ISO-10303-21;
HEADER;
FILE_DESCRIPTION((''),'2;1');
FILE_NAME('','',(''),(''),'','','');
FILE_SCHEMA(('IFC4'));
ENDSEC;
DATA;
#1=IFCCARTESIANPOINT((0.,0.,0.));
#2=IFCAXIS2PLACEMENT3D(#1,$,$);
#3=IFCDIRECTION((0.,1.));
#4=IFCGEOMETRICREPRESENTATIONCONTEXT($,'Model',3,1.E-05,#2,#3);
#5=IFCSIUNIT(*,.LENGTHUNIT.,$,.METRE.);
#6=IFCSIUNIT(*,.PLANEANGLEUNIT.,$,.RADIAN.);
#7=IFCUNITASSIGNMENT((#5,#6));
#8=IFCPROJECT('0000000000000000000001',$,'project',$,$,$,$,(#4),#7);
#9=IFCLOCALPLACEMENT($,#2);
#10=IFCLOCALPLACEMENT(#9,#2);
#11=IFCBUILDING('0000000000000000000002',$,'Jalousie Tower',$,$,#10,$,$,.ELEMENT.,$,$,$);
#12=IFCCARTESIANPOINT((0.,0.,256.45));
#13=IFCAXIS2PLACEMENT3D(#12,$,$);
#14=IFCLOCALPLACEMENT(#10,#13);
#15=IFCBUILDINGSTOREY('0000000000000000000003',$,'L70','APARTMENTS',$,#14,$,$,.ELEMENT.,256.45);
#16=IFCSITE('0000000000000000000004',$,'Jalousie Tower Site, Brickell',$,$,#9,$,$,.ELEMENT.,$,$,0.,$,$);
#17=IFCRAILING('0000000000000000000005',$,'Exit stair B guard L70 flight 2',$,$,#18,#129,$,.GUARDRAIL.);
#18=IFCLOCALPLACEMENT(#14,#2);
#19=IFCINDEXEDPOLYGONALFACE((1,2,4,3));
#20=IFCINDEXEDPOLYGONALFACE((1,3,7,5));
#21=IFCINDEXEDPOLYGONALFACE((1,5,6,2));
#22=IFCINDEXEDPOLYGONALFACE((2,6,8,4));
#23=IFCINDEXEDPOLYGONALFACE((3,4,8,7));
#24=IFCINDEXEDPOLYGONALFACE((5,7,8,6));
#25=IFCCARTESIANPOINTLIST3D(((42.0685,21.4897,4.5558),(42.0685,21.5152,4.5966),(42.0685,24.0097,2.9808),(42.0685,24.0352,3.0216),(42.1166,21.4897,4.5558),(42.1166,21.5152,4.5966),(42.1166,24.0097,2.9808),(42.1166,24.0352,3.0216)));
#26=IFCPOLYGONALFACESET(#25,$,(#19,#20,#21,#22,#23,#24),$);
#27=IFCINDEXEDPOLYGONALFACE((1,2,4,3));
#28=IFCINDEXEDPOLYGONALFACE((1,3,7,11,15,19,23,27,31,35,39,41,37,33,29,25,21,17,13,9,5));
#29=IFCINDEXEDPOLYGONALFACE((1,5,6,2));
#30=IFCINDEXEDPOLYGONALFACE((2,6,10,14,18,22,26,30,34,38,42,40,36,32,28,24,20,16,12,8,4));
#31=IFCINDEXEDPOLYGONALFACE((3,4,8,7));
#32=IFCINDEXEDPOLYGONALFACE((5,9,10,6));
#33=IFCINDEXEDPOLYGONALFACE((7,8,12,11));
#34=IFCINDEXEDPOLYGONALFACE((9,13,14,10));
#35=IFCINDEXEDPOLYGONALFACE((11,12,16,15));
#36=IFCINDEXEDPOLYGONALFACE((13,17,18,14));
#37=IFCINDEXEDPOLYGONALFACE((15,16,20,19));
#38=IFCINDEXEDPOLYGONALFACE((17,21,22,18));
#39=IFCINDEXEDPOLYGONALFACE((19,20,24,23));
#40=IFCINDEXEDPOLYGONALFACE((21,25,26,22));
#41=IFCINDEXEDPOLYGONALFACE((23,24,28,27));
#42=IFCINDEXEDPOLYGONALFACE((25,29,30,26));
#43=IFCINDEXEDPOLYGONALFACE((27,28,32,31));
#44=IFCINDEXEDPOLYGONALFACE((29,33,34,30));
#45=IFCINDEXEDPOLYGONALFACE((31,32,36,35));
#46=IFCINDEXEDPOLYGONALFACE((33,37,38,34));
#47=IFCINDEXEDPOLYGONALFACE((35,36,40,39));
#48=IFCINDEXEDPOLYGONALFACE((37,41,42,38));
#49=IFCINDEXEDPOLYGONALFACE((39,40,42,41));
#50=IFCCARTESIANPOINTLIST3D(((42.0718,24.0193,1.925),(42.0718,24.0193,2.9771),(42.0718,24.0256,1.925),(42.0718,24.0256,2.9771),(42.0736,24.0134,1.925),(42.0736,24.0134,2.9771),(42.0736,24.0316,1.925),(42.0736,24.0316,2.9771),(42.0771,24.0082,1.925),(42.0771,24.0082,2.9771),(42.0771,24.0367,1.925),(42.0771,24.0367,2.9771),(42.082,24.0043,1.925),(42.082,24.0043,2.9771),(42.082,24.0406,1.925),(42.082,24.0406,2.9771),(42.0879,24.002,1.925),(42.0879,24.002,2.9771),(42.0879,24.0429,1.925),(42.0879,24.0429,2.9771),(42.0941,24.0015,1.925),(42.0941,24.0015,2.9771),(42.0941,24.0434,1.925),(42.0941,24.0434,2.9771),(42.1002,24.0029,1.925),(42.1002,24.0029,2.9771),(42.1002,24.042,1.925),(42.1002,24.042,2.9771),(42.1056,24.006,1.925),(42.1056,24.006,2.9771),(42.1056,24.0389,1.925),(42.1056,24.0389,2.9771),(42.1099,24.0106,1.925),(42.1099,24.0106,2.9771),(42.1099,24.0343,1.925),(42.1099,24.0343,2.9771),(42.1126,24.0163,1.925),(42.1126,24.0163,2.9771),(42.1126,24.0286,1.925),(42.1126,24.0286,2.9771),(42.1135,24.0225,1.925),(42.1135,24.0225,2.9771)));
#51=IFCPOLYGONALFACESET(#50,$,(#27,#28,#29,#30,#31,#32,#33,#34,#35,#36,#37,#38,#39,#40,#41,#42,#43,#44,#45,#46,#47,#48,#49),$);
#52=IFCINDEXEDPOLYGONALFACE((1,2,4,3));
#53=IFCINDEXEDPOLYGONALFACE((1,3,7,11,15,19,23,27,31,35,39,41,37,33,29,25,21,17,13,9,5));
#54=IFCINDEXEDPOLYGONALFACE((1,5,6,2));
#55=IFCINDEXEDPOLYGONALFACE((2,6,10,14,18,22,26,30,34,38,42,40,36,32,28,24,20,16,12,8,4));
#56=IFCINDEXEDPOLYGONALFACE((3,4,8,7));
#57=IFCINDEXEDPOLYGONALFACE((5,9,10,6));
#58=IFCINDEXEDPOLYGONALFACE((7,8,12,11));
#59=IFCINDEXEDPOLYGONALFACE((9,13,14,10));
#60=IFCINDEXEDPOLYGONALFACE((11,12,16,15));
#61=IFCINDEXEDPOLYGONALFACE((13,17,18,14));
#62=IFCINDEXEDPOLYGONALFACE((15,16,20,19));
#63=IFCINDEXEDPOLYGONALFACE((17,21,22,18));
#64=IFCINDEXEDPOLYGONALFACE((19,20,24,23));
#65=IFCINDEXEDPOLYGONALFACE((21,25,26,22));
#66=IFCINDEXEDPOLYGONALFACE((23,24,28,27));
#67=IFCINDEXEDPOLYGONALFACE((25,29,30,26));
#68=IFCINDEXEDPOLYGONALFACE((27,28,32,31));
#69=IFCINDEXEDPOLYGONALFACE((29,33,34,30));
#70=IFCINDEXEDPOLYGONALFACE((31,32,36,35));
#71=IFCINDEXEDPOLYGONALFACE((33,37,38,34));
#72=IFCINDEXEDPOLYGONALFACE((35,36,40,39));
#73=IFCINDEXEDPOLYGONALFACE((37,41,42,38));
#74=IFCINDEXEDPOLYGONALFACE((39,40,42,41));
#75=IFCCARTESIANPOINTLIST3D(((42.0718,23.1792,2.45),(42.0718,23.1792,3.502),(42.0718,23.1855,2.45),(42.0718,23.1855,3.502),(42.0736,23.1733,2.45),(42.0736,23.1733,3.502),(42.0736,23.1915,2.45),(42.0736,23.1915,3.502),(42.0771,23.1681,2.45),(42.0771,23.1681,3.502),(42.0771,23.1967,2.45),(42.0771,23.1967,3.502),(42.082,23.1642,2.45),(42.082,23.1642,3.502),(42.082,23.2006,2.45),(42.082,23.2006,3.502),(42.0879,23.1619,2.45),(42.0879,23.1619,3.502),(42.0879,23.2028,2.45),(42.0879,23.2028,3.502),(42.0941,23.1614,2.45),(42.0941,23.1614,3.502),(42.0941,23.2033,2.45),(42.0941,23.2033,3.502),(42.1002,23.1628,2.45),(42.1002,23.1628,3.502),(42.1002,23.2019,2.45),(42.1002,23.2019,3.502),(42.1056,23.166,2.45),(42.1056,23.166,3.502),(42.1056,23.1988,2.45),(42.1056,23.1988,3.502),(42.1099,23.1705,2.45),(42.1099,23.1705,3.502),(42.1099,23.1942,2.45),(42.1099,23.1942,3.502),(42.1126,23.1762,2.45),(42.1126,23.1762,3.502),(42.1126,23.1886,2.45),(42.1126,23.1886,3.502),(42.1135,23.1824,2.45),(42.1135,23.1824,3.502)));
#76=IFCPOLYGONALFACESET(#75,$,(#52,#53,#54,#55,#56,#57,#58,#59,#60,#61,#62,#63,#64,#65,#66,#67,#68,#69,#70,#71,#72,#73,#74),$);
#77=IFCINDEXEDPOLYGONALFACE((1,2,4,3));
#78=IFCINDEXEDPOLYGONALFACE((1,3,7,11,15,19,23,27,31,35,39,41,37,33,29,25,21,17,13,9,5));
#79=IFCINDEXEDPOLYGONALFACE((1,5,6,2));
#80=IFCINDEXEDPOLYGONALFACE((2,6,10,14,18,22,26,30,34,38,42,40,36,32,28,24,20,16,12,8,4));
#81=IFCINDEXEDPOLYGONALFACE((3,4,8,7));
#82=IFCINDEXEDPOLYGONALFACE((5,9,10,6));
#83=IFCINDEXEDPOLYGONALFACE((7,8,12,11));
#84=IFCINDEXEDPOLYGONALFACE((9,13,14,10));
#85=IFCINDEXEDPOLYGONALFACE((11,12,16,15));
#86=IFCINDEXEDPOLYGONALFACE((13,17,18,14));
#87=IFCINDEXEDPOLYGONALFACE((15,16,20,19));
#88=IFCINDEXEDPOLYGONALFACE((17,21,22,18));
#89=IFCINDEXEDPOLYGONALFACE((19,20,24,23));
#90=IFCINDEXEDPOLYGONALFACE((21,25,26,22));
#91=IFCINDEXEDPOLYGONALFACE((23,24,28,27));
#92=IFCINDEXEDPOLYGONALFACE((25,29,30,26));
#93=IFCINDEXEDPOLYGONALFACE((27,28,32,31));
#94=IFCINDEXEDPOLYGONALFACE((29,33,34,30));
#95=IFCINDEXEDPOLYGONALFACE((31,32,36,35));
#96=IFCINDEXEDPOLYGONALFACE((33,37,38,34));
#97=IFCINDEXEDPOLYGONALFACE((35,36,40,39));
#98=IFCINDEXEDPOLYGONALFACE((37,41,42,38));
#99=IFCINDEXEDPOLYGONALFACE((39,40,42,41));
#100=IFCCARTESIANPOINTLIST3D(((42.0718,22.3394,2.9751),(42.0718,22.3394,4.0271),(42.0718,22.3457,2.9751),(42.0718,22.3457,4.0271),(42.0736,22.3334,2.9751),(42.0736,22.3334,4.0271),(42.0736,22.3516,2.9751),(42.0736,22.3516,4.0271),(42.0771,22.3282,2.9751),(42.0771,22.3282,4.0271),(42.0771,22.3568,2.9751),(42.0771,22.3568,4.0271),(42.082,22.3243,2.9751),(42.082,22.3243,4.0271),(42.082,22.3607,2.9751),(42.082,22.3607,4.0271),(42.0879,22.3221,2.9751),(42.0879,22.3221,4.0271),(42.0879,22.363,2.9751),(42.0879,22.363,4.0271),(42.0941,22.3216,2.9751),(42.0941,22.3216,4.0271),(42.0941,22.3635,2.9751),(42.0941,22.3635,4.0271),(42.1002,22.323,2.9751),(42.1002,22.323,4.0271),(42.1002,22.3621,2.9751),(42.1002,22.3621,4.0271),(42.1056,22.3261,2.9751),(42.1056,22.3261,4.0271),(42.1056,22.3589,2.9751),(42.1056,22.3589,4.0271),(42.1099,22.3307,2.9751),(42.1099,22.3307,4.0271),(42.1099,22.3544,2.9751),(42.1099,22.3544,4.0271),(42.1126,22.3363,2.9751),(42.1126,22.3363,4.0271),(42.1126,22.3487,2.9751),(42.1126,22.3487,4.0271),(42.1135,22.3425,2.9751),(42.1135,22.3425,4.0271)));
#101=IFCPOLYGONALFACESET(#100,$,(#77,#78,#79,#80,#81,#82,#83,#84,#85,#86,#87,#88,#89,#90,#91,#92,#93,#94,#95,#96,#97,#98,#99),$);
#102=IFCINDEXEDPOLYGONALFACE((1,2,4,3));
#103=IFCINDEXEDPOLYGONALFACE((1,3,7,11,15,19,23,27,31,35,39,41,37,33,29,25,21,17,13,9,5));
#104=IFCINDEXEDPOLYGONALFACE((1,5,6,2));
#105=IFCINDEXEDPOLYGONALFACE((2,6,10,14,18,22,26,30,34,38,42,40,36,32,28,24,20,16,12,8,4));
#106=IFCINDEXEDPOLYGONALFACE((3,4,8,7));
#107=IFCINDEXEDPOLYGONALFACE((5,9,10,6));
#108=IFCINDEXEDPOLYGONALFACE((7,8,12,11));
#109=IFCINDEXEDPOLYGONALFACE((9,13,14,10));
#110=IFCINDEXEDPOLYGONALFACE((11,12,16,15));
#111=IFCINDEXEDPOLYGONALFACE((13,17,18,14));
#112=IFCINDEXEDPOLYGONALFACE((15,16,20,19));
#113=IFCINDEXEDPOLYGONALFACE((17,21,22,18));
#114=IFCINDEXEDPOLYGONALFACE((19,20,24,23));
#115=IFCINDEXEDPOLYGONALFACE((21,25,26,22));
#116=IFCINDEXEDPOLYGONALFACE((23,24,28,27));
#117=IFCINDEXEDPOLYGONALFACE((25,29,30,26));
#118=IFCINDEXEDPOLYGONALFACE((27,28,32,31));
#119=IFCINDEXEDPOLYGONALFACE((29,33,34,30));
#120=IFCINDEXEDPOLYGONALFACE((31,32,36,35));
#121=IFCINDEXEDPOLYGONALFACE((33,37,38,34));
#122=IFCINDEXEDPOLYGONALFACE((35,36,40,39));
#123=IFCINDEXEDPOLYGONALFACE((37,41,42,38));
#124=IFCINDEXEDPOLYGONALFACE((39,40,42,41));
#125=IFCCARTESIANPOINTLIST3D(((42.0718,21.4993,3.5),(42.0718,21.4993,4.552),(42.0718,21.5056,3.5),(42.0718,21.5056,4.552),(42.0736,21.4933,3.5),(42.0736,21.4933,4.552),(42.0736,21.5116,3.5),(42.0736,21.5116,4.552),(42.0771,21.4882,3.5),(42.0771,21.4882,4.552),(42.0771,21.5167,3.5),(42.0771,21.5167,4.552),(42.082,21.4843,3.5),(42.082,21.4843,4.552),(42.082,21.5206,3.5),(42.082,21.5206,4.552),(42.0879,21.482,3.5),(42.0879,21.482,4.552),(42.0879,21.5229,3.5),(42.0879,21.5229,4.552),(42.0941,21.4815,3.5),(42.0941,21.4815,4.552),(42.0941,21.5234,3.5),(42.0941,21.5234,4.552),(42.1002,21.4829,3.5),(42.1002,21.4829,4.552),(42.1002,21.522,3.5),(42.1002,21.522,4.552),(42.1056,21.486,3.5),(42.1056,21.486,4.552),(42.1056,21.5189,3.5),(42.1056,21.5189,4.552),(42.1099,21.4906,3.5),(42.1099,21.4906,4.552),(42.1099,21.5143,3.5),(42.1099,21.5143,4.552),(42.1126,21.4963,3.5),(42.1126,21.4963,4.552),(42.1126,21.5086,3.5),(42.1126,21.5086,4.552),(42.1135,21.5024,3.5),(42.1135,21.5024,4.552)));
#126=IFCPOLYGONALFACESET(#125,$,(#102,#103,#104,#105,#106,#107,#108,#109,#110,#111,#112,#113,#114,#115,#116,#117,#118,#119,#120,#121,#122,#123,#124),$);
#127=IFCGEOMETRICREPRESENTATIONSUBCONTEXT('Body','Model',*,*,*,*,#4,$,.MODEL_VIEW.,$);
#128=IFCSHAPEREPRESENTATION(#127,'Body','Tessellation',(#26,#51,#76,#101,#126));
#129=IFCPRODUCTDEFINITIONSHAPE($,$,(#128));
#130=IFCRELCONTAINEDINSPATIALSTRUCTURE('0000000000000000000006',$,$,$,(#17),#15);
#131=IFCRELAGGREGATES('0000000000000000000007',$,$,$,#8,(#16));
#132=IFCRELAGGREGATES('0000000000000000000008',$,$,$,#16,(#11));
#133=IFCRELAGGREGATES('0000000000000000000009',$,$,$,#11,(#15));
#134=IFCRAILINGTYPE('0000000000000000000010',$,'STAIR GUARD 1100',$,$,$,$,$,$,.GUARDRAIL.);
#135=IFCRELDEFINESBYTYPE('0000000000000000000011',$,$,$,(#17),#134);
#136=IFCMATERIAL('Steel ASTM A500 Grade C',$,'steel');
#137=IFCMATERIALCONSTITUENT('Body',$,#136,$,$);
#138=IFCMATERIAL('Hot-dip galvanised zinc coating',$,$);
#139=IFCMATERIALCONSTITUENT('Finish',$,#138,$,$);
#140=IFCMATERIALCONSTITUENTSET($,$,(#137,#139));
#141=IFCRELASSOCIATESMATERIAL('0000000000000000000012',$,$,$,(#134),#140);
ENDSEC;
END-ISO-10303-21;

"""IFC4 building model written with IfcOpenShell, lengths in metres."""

from ifc_helpers import new_model, si_unit, direction, frame, origin, origin_2d, place, context, subcontext, project, spatial, rectangle, circle, extrude, material, constituent, constituent_set, type_object, element, save


model = new_model("IFC4")

# Units and contexts
model_context = context("Model", 3, precision=1e-05, world=origin(), true_north=direction((0.0, 1.0)))
body_context = subcontext(model_context, "Body", "Model", "MODEL_VIEW")
ifc_project = project(units=[si_unit("LENGTHUNIT", "METRE"), si_unit("PLANEANGLEUNIT", "RADIAN")], contexts=[model_context])

# Site, building, storey
site_placement = place(None, origin())
site = spatial("IfcSite", under=ifc_project, at=site_placement, Name="Jalousie Tower Site, Brickell", CompositionType="ELEMENT", RefElevation=0.0)
building_placement = place(site_placement, origin())
building = spatial("IfcBuilding", under=site, at=building_placement, Name="Jalousie Tower", CompositionType="ELEMENT")
storey_placement = place(building_placement, frame((0.0, 0.0, 256.45)))
storey = spatial("IfcBuildingStorey", under=building, at=storey_placement, Name="L70", Description="APARTMENTS", CompositionType="ELEMENT", Elevation=256.45)

# Railing
ifc_material_1 = material(Name="Steel ASTM A500 Grade C", Category="steel")
ifc_constituent_1 = constituent(ifc_material_1, Name="Body")
ifc_material_2 = material(Name="Hot-dip galvanised zinc coating")
ifc_constituent_2 = constituent(ifc_material_2, Name="Finish")
ifc_constituent_set_1 = constituent_set(constituents=[ifc_constituent_1, ifc_constituent_2])
railing_type_1 = type_object("IfcRailingType", Name="STAIR GUARD 1100", PredefinedType="GUARDRAIL", material=ifc_constituent_set_1)
railing_1_placement = place(storey_placement, frame((42.0925, 24.0225, 1.925)))
element("IfcRailing", 1, at=railing_1_placement, inside=storey, type_object=railing_type_1, Name="Exit stair B guard L70 flight 2", PredefinedType="GUARDRAIL", context=body_context, shape_type="SweptSolid", body=[
    extrude(rectangle(XDim=0.0481, YDim=0.0481, at=origin_2d()), frame((0.0, 0.0, 1.0762), z_axis=(0.0, -0.848008, 0.529984), x_axis=(1.0, 0.0, 0.0)), (0.0, 0.0, 1.0), 2.9717),
    extrude(circle(Radius=0.021, at=origin_2d()), origin(), (0.0, 0.0, 1.0), 1.052),
    extrude(circle(Radius=0.021, at=origin_2d()), frame((0.0, -0.8401, 0.5249)), (0.0, 0.0, 1.0), 1.052),
    extrude(circle(Radius=0.021, at=origin_2d()), frame((0.0, -1.6799, 1.05)), (0.0, 0.0, 1.0), 1.052),
    extrude(circle(Radius=0.021, at=origin_2d()), frame((0.0, -2.52, 1.575)), (0.0, 0.0, 1.0), 1.052),
])

save(model, "model.ifc")
